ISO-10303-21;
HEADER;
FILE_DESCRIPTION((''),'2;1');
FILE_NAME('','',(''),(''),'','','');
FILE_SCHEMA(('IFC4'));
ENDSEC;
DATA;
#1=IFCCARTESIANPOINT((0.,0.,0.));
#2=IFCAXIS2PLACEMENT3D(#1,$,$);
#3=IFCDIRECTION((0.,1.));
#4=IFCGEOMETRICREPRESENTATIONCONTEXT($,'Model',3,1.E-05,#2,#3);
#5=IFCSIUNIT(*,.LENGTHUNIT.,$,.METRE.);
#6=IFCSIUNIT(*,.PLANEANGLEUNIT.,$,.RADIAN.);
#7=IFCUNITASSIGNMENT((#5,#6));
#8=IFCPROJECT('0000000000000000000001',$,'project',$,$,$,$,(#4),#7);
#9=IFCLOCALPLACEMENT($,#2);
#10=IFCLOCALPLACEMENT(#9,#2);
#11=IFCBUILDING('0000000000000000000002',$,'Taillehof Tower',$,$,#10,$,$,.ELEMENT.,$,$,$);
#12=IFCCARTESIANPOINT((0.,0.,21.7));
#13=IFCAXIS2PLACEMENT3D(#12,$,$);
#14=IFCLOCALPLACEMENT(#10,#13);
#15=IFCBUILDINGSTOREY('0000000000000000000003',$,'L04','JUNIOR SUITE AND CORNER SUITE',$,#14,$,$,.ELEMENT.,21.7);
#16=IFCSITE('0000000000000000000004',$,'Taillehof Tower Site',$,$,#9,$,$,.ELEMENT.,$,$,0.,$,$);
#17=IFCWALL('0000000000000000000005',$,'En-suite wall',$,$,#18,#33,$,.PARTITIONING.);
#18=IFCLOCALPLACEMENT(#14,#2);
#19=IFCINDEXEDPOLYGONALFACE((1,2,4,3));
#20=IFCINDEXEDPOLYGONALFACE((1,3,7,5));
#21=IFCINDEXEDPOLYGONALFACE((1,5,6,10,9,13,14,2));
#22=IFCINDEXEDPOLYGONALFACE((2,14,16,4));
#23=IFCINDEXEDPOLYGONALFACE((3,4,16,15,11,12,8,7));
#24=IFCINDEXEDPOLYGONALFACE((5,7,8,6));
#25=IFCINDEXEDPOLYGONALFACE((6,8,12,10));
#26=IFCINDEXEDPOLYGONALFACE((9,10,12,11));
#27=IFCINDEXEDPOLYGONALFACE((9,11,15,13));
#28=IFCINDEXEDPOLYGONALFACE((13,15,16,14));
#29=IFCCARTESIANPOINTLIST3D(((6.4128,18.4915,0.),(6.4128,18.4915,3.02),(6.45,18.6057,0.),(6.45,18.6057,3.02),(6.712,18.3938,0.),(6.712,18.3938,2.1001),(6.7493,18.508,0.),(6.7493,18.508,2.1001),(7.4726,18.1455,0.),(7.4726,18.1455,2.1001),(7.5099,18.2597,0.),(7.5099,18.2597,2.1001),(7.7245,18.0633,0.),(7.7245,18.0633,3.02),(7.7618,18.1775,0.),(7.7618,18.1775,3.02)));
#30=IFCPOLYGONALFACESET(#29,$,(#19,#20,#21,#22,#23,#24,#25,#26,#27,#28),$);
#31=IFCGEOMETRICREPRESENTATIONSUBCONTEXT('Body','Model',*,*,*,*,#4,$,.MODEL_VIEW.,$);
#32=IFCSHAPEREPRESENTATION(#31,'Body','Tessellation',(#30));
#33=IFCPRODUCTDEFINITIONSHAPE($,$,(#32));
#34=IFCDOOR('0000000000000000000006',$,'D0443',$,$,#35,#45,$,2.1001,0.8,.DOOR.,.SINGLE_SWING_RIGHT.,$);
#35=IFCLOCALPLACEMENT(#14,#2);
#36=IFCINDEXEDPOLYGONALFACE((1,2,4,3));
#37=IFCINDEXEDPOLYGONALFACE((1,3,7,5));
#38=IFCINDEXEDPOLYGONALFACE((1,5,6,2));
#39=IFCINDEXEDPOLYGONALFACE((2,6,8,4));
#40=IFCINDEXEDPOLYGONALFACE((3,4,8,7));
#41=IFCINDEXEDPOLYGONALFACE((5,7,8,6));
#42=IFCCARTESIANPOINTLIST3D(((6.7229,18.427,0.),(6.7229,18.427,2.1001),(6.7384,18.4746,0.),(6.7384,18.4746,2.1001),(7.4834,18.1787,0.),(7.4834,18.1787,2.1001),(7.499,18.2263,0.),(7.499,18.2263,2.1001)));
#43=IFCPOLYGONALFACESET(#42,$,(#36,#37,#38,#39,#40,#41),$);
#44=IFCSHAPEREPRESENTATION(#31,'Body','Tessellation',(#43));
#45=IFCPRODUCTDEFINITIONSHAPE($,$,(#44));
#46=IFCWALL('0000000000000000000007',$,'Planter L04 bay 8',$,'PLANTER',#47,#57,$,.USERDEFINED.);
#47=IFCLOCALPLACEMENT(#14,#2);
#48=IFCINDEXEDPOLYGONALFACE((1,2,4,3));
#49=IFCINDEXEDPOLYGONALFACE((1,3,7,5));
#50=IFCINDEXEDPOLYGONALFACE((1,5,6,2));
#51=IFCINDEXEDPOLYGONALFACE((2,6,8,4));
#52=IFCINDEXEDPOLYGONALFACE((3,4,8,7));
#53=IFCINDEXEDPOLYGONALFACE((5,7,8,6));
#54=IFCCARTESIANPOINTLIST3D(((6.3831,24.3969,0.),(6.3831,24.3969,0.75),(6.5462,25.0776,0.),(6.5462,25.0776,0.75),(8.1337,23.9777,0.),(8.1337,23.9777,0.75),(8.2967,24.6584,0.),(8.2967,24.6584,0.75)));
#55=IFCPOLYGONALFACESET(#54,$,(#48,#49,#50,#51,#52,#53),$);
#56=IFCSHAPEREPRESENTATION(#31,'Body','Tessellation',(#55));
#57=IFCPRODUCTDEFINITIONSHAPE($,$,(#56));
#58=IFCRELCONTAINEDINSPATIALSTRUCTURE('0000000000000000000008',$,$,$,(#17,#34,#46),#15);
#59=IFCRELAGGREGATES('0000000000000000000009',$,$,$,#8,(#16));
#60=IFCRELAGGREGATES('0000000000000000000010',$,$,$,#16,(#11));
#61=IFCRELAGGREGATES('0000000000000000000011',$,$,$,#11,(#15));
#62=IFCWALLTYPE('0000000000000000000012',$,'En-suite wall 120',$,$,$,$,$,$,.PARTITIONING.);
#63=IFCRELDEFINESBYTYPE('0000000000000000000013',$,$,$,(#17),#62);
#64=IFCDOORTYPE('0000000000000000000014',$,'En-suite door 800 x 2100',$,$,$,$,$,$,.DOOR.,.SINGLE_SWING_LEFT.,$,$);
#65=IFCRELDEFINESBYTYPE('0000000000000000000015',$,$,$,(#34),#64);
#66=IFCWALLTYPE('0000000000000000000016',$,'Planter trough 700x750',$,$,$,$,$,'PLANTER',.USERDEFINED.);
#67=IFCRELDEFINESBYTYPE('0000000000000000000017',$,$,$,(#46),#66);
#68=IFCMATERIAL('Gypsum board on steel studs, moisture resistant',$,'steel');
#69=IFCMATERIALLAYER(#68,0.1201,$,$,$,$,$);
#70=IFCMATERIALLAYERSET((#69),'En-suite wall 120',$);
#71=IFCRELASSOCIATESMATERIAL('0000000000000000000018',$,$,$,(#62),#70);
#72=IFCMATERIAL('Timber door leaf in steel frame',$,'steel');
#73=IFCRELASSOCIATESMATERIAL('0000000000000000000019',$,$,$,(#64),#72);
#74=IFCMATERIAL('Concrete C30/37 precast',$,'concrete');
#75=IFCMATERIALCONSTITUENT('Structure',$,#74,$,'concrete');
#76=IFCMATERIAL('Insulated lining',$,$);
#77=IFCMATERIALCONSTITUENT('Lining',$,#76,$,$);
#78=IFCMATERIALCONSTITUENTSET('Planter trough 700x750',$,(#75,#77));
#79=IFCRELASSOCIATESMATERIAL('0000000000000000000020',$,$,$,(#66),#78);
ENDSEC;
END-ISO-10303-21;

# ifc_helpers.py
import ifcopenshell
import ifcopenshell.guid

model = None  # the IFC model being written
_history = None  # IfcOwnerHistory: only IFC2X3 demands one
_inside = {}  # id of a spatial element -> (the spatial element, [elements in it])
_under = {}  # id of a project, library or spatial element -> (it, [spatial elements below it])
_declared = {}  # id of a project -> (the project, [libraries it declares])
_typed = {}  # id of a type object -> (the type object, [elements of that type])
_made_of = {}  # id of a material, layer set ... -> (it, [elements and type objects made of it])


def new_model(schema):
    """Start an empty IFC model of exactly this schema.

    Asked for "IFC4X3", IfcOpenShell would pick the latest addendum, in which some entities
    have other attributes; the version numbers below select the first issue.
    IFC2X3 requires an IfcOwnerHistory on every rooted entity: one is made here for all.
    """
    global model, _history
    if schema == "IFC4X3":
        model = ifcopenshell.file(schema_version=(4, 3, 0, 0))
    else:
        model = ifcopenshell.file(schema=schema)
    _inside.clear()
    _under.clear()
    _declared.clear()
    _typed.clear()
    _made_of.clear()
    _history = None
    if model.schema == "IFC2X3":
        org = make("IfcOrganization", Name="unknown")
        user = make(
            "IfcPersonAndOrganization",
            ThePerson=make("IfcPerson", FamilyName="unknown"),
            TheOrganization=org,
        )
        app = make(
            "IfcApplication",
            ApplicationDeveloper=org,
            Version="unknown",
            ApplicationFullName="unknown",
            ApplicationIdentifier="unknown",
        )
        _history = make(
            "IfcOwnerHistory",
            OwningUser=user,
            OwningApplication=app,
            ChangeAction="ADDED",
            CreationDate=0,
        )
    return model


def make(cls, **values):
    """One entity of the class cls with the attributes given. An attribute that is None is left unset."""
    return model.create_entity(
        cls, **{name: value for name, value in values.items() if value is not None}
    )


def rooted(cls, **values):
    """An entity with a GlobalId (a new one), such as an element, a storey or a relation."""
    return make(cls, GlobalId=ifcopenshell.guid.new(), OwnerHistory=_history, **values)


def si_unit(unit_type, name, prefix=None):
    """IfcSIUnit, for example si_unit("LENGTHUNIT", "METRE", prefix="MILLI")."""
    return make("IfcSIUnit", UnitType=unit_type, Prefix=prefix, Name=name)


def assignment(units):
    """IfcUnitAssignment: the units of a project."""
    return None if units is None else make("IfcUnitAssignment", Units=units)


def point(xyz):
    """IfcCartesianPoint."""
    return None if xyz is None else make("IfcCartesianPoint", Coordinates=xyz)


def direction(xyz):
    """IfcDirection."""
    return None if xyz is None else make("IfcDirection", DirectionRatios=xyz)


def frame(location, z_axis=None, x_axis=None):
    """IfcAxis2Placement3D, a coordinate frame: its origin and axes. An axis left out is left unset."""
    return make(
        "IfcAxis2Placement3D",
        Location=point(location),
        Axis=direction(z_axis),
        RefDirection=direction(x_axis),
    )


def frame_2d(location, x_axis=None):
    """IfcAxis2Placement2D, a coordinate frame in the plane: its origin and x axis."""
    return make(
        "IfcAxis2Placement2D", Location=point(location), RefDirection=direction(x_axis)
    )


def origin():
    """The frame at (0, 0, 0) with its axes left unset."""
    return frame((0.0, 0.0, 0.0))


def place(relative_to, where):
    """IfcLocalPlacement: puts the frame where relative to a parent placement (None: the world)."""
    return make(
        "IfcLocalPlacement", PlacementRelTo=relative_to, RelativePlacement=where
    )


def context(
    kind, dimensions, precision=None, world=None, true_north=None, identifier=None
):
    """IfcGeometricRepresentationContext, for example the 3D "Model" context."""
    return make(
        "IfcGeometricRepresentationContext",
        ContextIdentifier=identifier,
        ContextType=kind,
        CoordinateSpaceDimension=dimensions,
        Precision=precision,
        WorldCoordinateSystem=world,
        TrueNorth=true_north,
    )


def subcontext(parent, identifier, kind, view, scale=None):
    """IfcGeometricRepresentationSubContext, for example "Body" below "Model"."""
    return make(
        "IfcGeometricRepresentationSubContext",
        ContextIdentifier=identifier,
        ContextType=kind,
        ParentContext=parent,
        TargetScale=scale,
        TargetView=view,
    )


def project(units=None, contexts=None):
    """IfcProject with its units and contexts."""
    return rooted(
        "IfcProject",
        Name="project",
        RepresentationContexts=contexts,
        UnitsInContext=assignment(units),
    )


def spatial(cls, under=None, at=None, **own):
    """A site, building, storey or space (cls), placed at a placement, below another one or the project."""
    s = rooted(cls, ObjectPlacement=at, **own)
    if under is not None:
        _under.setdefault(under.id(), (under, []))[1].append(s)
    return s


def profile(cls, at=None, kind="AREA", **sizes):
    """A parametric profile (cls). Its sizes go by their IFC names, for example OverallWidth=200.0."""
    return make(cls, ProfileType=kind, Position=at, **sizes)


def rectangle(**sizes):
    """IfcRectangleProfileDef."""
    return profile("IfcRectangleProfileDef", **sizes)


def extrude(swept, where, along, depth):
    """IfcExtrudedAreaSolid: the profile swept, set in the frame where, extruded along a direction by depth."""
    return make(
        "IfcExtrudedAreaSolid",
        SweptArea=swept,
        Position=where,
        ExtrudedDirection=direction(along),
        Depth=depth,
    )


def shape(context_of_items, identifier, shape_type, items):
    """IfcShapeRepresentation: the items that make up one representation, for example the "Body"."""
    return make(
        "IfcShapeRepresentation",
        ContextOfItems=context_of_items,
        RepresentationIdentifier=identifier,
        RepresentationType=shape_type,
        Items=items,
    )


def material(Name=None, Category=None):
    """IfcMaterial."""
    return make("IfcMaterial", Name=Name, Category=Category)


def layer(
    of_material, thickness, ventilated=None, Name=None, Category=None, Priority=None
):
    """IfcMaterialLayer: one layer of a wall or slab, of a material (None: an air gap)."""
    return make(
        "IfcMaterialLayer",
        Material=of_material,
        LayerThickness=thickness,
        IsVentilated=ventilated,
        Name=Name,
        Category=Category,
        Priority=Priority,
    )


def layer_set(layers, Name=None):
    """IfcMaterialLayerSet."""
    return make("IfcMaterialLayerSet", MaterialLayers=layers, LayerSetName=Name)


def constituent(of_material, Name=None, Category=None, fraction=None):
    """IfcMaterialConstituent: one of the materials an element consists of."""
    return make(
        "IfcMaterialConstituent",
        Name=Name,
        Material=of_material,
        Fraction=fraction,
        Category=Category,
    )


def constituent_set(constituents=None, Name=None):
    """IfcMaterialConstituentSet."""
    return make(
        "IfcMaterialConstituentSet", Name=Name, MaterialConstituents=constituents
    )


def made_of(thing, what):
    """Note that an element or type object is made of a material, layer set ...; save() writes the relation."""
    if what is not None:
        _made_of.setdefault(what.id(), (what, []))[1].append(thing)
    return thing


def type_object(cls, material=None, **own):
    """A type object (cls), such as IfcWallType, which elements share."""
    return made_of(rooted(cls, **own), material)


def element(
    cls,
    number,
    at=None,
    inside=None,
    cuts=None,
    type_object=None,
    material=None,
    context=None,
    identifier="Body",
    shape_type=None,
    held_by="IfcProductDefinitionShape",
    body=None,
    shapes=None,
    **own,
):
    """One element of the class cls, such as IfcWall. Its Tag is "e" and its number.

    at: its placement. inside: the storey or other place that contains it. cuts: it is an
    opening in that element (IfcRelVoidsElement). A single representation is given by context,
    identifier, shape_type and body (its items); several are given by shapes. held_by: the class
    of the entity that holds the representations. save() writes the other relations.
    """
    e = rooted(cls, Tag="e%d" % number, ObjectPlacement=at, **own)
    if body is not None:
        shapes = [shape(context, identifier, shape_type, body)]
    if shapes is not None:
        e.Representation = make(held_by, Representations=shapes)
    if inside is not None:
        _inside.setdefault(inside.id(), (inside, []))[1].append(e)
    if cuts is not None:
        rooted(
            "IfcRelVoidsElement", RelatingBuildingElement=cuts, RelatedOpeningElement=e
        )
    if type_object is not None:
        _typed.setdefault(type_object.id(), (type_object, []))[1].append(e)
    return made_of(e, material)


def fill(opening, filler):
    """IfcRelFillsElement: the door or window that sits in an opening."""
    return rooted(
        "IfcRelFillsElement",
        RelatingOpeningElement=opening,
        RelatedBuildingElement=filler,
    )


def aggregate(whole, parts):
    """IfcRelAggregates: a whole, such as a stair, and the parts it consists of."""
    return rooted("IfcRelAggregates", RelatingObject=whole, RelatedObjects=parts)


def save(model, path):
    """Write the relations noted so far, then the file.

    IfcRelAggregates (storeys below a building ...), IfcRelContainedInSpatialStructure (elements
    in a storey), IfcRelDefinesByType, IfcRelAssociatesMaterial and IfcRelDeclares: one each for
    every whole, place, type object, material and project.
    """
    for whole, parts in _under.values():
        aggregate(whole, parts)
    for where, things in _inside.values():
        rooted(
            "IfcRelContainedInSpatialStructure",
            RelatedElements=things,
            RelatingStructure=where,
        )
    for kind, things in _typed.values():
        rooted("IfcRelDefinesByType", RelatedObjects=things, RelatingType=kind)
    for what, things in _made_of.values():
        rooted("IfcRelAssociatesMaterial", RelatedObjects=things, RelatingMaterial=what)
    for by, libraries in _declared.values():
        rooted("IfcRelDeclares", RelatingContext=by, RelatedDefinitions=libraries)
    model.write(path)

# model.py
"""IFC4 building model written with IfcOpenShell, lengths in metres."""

from ifc_helpers import new_model, si_unit, direction, frame, frame_2d, origin, place, context, subcontext, project, spatial, rectangle, extrude, material, layer, layer_set, constituent, constituent_set, type_object, element, fill, save


model = new_model("IFC4")

# Units and contexts
model_context = context("Model", 3, precision=1e-05, world=origin(), true_north=direction((0.0, 1.0)))
body_context = subcontext(model_context, "Body", "Model", "MODEL_VIEW")
ifc_project = project(units=[si_unit("LENGTHUNIT", "METRE"), si_unit("PLANEANGLEUNIT", "RADIAN")], contexts=[model_context])

# Site, building, storey
site_placement = place(None, origin())
site = spatial("IfcSite", under=ifc_project, at=site_placement, Name="Taillehof Tower Site", CompositionType="ELEMENT", RefElevation=0.0)
building_placement = place(site_placement, origin())
building = spatial("IfcBuilding", under=site, at=building_placement, Name="Taillehof Tower", CompositionType="ELEMENT")
storey_placement = place(building_placement, frame((0.0, 0.0, 21.7)))
storey = spatial("IfcBuildingStorey", under=building, at=storey_placement, Name="L04", Description="JUNIOR SUITE AND CORNER SUITE", CompositionType="ELEMENT", Elevation=21.7)

# Shared definitions
ifc_material_1 = material(Name="Gypsum board on steel studs, moisture resistant", Category="steel")
ifc_layer_1 = layer(ifc_material_1, 0.1201)
ifc_layer_set_1 = layer_set([ifc_layer_1], Name="En-suite wall 120")
wall_type_1 = type_object("IfcWallType", Name="En-suite wall 120", PredefinedType="PARTITIONING", material=ifc_layer_set_1)

# Wall, opening, door
wall_1_placement = place(storey_placement, frame((6.4314, 18.5486, 0.0), z_axis=(0.0, 0.0, 1.0), x_axis=(0.950629, -0.31033, 0.0)))
wall_1 = element("IfcWall", 1, at=wall_1_placement, inside=storey, type_object=wall_type_1, Name="En-suite wall", PredefinedType="PARTITIONING", context=body_context, shape_type="SweptSolid", body=[
    extrude(rectangle(XDim=1.3799, YDim=0.1201, at=frame_2d((0.6899, 0.0))), origin(), (0.0, 0.0, 1.0), 3.02),
])
opening_1_placement = place(wall_1_placement, frame((0.3149, 0.0, 0.0)))
opening_1 = element("IfcOpeningElement", 2, at=opening_1_placement, cuts=wall_1, PredefinedType="OPENING", context=body_context, shape_type="SweptSolid", body=[
    extrude(rectangle(XDim=0.8, YDim=2.1001, at=frame_2d((0.3999, 1.05))), frame((0.0, 0.0701, 0.0), z_axis=(0.0, -1.0, 0.0), x_axis=(1.0, 0.0, 0.0)), (0.0, 0.0, 1.0), 0.1401),
])
ifc_material_2 = material(Name="Timber door leaf in steel frame", Category="steel")
door_type_1 = type_object("IfcDoorType", Name="En-suite door 800 x 2100", OperationType="SINGLE_SWING_LEFT", PredefinedType="DOOR", material=ifc_material_2)
door_1_placement = place(opening_1_placement, origin())
door_1 = element("IfcDoor", 3, at=door_1_placement, inside=storey, type_object=door_type_1, Name="D0443", OperationType="SINGLE_SWING_RIGHT", OverallHeight=2.1001, OverallWidth=0.8, PredefinedType="DOOR", context=body_context, shape_type="SweptSolid", body=[
    extrude(rectangle(XDim=0.8, YDim=2.1001, at=frame_2d((0.3999, 1.05))), frame((0.0, 0.0249, 0.0), z_axis=(0.0, -1.0, 0.0), x_axis=(1.0, 0.0, 0.0)), (0.0, 0.0, 1.0), 0.05),
])
fill(opening_1, door_1)

# Wall
ifc_material_3 = material(Name="Concrete C30/37 precast", Category="concrete")
ifc_constituent_1 = constituent(ifc_material_3, Name="Structure", Category="concrete")
ifc_material_4 = material(Name="Insulated lining")
ifc_constituent_2 = constituent(ifc_material_4, Name="Lining")
ifc_constituent_set = constituent_set(constituents=[ifc_constituent_1, ifc_constituent_2], Name="Planter trough 700x750")
wall_type_2 = type_object("IfcWallType", Name="Planter trough 700x750", ElementType="PLANTER", PredefinedType="USERDEFINED", material=ifc_constituent_set)
wall_2_placement = place(storey_placement, frame((8.2151, 24.3181, 0.0), z_axis=(0.0, 0.0, 1.0), x_axis=(-0.972504, 0.232886, 0.0)))
element("IfcWall", 4, at=wall_2_placement, inside=storey, type_object=wall_type_2, Name="Planter L04 bay 8", ObjectType="PLANTER", PredefinedType="USERDEFINED", context=body_context, shape_type="SweptSolid", body=[
    extrude(rectangle(XDim=1.8, YDim=0.7, at=frame_2d((0.8999, 0.0))), origin(), (0.0, 0.0, 1.0), 0.75),
])

save(model, "model.ifc")
